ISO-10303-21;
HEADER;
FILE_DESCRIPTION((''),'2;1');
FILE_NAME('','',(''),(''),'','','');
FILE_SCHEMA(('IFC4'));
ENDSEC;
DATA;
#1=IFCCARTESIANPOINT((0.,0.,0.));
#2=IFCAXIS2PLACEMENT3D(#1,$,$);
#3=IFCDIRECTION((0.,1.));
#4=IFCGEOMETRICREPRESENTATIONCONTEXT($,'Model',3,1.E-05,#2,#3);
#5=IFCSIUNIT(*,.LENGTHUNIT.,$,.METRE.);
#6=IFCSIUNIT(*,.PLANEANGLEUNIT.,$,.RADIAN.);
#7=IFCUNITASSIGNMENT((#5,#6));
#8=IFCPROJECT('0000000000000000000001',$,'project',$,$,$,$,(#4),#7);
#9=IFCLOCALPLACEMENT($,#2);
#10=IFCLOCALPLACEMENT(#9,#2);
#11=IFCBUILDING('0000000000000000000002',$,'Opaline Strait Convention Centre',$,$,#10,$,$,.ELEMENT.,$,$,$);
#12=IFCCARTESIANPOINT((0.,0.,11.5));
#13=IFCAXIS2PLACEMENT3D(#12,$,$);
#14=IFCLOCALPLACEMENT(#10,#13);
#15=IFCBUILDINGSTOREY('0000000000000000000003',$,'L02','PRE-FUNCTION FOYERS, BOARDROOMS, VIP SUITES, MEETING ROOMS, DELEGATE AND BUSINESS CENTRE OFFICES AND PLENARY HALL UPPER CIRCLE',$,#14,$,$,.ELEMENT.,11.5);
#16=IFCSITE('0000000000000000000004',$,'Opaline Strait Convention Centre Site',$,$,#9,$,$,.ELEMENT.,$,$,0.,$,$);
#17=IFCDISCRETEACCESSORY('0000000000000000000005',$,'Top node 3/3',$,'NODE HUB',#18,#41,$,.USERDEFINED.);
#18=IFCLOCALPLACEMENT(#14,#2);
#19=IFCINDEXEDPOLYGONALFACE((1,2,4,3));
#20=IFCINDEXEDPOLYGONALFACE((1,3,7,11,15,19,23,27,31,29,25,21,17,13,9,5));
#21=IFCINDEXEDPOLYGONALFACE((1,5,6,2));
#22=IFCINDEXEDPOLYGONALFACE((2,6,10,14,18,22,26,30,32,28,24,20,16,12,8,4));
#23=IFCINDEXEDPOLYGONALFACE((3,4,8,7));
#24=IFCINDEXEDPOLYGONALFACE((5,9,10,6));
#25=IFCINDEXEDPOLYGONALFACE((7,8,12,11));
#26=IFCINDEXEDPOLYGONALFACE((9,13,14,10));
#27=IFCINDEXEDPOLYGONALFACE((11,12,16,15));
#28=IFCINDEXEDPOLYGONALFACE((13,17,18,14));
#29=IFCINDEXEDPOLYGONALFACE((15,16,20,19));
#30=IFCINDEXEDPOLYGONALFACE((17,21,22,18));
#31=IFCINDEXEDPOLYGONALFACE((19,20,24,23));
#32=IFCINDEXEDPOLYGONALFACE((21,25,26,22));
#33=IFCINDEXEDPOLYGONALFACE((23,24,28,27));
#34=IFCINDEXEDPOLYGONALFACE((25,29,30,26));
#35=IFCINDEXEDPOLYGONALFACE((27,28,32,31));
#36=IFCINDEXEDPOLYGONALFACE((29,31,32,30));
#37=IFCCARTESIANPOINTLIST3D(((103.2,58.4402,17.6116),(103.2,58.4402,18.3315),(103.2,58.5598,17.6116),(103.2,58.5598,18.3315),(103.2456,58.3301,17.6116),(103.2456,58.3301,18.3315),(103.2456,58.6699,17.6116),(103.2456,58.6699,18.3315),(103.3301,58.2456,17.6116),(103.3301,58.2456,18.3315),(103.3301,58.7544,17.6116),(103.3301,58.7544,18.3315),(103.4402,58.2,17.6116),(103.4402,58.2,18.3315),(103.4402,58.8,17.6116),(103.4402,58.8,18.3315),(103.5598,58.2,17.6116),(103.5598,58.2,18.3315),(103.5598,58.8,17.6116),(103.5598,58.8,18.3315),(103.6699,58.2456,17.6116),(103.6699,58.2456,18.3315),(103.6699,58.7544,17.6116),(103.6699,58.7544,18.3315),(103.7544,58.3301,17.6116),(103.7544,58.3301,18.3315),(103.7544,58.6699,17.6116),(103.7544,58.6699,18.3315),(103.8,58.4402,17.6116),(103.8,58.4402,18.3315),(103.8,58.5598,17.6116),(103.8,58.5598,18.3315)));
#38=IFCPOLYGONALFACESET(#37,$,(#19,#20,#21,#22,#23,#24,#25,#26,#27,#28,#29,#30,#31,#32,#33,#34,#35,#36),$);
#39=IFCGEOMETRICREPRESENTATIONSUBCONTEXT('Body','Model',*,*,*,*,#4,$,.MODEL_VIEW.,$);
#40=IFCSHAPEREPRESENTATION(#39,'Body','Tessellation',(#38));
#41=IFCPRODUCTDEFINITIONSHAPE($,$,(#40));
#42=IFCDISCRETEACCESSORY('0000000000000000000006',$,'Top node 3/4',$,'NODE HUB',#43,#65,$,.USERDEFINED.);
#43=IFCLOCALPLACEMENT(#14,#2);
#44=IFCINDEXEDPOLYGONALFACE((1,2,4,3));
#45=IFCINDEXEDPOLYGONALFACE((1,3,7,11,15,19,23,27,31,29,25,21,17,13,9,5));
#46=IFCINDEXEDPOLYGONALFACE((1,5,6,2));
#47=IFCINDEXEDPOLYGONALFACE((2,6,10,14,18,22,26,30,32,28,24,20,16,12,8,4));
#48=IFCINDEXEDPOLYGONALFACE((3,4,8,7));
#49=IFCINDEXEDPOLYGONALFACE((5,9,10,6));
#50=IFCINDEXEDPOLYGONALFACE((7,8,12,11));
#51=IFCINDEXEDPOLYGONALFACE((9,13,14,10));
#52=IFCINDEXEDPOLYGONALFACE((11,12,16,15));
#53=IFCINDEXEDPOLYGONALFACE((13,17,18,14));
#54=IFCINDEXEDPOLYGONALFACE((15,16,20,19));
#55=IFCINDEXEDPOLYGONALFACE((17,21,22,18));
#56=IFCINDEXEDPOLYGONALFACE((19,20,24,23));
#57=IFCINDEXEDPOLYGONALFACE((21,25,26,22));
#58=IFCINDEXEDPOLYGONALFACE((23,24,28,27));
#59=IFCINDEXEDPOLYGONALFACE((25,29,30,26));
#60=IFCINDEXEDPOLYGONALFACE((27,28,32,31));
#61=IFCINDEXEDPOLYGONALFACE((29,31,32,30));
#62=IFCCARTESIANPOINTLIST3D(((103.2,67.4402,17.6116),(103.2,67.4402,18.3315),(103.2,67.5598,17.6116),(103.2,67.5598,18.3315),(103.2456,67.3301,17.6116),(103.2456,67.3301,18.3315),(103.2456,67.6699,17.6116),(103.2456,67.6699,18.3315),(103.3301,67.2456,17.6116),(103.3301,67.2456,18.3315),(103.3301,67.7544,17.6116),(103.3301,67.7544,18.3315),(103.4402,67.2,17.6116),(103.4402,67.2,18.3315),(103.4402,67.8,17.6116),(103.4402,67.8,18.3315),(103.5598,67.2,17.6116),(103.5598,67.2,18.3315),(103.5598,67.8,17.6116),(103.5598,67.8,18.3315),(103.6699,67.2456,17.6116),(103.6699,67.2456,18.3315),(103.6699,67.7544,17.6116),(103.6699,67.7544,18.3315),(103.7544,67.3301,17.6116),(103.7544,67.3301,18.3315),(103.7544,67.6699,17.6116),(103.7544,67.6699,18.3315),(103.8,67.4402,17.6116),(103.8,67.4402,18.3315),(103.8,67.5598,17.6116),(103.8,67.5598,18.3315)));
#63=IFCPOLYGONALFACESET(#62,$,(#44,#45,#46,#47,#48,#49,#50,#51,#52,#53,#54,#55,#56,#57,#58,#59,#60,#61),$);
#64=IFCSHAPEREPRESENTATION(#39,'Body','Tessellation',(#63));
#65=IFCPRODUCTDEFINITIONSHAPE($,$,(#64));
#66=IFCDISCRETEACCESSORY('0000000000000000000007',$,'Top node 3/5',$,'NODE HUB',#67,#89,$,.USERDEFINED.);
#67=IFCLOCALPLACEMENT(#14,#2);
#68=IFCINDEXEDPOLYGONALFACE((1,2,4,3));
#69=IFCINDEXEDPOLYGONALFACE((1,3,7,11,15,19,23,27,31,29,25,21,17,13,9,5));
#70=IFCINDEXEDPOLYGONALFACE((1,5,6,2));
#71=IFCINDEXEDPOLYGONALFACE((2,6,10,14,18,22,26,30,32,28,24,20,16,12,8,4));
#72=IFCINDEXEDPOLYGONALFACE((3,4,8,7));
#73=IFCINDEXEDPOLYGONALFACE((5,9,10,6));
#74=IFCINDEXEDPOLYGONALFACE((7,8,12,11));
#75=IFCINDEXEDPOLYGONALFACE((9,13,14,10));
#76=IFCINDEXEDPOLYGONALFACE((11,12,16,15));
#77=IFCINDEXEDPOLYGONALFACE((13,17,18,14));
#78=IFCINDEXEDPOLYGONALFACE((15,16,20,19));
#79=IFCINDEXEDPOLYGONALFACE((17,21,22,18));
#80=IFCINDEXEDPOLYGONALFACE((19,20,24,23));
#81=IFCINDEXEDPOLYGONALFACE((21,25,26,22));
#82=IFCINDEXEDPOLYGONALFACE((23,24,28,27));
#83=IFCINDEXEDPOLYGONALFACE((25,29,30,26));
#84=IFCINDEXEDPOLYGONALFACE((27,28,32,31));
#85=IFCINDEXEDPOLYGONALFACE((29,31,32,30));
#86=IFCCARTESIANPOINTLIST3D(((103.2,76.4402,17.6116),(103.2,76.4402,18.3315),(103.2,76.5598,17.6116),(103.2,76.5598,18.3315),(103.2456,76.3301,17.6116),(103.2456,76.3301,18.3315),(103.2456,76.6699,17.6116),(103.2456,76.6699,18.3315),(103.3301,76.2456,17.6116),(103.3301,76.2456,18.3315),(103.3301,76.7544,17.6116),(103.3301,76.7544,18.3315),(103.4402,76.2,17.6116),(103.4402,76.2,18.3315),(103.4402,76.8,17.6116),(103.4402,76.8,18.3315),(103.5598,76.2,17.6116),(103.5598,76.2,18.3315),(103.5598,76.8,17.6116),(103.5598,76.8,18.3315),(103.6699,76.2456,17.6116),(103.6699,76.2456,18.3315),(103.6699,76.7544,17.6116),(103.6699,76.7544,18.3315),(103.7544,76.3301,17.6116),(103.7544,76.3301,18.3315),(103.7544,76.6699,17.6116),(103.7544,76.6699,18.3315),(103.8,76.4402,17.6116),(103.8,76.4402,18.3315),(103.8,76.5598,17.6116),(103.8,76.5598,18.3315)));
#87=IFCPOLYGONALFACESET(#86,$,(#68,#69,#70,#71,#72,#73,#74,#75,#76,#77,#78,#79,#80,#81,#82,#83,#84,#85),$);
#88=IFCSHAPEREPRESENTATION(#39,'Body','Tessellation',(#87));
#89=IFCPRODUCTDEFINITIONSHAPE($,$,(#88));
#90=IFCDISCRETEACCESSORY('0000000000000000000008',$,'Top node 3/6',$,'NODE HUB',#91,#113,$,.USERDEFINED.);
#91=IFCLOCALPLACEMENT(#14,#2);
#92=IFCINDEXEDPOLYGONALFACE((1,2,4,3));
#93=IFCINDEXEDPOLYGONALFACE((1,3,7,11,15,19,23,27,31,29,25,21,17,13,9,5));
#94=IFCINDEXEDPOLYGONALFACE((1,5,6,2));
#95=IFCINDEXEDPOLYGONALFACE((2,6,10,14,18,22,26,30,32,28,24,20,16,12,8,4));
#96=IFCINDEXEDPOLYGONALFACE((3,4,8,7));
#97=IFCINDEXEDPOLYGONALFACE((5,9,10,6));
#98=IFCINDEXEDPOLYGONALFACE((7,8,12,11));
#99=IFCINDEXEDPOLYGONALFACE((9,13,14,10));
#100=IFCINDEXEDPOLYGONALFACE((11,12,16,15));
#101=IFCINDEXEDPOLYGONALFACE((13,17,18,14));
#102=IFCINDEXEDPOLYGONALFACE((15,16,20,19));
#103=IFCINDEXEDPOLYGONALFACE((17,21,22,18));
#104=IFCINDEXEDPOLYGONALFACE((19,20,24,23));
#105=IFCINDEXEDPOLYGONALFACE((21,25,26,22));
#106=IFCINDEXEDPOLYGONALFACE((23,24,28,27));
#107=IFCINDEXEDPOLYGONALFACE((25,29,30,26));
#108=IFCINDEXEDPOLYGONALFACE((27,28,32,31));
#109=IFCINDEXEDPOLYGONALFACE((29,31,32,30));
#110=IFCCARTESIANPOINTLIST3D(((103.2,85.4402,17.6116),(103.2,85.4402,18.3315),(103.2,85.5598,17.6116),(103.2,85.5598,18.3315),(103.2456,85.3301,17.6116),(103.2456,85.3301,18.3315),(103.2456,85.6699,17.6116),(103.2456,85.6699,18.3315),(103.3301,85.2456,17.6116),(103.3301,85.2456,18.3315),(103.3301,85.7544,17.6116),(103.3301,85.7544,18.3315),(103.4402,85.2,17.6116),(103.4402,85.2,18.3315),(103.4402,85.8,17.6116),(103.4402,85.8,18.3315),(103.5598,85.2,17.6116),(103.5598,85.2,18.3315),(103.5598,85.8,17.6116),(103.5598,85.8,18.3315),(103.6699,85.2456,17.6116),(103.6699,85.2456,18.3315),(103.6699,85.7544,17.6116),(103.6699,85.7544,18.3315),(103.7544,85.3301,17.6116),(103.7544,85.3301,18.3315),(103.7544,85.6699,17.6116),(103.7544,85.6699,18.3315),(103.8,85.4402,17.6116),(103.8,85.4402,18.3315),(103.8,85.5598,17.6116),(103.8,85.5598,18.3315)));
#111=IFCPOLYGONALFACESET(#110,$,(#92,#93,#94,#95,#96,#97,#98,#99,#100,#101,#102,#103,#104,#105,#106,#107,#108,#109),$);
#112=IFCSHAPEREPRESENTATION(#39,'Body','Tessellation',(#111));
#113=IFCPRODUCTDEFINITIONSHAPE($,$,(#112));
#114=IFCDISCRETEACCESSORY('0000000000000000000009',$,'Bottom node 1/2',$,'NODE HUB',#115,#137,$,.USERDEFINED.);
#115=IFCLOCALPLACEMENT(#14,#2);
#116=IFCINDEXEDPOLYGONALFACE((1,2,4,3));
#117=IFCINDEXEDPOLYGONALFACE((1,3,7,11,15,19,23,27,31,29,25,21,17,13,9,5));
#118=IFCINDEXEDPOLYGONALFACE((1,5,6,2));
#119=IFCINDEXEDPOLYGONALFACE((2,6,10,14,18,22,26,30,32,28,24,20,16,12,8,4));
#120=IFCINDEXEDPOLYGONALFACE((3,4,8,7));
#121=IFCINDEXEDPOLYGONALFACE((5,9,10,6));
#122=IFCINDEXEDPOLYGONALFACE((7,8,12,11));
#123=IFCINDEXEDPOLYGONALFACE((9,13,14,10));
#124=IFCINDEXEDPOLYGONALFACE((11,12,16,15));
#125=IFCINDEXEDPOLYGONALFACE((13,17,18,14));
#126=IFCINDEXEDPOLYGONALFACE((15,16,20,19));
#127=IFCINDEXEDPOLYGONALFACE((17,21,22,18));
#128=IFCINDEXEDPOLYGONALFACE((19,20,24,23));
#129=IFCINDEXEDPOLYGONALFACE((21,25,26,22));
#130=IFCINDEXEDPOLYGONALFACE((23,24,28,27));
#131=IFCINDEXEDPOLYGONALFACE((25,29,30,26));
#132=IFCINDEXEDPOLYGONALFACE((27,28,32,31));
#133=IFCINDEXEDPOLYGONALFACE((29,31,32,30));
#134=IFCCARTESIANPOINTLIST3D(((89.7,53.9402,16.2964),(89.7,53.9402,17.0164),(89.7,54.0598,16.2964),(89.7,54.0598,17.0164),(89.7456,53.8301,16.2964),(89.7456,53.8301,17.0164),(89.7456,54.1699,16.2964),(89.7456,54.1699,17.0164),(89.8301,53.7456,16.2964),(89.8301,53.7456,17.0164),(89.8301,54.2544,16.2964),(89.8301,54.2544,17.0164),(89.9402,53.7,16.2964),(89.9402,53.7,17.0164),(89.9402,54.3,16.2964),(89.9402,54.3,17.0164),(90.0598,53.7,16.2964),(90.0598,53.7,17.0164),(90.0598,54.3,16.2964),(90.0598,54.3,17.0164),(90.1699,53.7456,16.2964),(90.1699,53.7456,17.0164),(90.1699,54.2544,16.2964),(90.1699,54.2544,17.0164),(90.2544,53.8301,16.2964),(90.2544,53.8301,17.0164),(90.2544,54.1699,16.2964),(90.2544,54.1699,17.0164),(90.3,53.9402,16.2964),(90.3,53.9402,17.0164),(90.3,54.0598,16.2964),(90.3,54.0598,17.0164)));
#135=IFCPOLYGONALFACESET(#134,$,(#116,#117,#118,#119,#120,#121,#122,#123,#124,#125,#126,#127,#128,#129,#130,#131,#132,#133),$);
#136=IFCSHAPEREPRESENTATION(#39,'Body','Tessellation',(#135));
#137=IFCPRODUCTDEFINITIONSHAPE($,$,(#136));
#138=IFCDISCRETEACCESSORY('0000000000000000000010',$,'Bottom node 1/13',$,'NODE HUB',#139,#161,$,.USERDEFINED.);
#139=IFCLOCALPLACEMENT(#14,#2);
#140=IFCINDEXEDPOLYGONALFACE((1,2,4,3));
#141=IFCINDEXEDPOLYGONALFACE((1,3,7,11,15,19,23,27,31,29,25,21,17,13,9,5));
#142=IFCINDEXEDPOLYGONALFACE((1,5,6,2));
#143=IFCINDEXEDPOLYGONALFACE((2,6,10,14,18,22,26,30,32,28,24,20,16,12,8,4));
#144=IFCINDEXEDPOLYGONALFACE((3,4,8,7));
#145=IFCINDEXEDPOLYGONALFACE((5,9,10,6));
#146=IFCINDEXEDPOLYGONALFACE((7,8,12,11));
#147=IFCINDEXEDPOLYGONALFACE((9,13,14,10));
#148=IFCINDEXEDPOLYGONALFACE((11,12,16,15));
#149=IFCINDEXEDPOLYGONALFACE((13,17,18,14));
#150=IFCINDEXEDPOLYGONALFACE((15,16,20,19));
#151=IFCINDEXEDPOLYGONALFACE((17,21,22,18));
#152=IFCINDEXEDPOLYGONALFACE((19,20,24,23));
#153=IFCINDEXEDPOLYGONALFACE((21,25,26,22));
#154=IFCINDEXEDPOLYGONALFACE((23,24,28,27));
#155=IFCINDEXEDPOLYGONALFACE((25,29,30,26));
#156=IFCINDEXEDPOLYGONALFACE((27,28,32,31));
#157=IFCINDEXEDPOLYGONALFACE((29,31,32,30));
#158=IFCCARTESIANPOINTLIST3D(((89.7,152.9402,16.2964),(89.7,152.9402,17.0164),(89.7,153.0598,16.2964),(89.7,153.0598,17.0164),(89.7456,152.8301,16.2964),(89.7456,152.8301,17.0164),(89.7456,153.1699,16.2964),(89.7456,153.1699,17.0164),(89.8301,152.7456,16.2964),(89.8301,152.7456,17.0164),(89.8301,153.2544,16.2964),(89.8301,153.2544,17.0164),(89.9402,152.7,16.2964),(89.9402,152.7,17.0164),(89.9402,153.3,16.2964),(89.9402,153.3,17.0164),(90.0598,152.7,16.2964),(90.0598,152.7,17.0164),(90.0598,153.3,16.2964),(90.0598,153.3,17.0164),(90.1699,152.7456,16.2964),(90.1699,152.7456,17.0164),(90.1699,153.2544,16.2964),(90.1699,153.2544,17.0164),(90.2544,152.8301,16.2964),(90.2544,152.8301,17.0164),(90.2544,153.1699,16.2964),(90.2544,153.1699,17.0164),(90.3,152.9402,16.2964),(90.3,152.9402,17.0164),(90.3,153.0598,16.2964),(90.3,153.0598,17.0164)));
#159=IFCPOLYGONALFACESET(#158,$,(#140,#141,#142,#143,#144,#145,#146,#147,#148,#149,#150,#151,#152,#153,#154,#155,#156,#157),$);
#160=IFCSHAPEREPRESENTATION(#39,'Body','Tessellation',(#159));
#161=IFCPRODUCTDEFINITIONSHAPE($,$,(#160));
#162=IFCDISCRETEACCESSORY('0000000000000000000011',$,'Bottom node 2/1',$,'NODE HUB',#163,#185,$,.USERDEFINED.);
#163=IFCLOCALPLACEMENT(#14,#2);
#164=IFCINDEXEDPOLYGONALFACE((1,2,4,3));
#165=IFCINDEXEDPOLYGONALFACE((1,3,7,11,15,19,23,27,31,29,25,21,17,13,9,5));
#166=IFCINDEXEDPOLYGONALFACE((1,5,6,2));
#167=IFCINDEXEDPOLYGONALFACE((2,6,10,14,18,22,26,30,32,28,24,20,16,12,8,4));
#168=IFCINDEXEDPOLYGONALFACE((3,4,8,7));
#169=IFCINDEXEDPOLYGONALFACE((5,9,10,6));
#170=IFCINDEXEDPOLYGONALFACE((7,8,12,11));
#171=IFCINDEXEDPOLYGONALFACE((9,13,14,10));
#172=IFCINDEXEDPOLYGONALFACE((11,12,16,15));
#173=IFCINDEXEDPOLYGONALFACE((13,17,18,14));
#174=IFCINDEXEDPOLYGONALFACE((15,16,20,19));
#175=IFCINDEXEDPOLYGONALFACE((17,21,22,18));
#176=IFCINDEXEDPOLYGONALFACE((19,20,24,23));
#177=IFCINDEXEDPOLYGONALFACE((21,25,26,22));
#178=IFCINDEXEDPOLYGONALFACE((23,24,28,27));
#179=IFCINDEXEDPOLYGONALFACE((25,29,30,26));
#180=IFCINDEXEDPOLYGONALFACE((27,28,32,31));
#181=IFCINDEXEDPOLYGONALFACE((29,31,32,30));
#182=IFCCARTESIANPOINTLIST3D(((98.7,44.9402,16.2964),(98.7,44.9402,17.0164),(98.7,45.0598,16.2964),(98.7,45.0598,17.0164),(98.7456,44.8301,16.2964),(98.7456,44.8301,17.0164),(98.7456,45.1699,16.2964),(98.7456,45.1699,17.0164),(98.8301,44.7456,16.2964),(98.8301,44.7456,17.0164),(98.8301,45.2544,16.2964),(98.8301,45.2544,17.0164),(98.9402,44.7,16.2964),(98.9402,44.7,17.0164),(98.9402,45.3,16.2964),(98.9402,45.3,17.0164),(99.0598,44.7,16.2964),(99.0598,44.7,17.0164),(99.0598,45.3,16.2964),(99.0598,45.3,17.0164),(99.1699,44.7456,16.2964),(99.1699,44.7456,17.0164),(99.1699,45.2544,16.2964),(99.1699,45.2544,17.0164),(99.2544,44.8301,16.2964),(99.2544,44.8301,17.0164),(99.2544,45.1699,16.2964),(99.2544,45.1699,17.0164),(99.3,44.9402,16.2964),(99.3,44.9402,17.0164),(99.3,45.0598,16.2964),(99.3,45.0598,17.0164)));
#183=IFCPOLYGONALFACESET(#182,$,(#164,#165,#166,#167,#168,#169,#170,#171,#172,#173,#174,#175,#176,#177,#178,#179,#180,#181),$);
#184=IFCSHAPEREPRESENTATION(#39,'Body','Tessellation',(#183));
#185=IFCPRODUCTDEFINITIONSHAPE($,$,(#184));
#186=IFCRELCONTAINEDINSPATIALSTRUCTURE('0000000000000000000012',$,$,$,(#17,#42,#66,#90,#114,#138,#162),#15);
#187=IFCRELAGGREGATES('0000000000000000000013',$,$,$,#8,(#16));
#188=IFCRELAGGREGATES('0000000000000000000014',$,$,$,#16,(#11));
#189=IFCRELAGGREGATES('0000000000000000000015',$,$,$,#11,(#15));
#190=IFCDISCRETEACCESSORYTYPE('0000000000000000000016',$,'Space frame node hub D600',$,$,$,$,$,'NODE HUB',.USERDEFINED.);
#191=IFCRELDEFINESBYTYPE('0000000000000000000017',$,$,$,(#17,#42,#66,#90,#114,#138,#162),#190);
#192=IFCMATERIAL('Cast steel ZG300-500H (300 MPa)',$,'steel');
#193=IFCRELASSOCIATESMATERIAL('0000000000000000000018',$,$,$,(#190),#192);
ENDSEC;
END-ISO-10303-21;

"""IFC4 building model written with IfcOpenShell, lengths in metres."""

from ifc_helpers import new_model, si_unit, direction, frame, origin, place, context, subcontext, project, spatial, polyline, outline, extrude, material, type_object, element, save


model = new_model("IFC4")

# Units and contexts
model_context = context("Model", 3, precision=1e-05, world=origin(), true_north=direction((0.0, 1.0)))
body_context = subcontext(model_context, "Body", "Model", "MODEL_VIEW")
ifc_project = project(units=[si_unit("LENGTHUNIT", "METRE"), si_unit("PLANEANGLEUNIT", "RADIAN")], contexts=[model_context])

# Site, building, storey
site_placement = place(None, origin())
site = spatial("IfcSite", under=ifc_project, at=site_placement, Name="Opaline Strait Convention Centre Site", CompositionType="ELEMENT", RefElevation=0.0)
building_placement = place(site_placement, origin())
building = spatial("IfcBuilding", under=site, at=building_placement, Name="Opaline Strait Convention Centre", CompositionType="ELEMENT")
storey_placement = place(building_placement, frame((0.0, 0.0, 11.5)))
storey = spatial("IfcBuildingStorey", under=building, at=storey_placement, Name="L02", Description="PRE-FUNCTION FOYERS, BOARDROOMS, VIP SUITES, MEETING ROOMS, DELEGATE AND BUSINESS CENTRE OFFICES AND PLENARY HALL UPPER CIRCLE", CompositionType="ELEMENT", Elevation=11.5)

# Discrete accessories
ifc_material = material(Name="Cast steel ZG300-500H (300 MPa)", Category="steel")
discrete_accessory_type_1 = type_object("IfcDiscreteAccessoryType", Name="Space frame node hub D600", ElementType="NODE HUB", PredefinedType="USERDEFINED", material=ifc_material)
discrete_accessory_1_placement = place(storey_placement, frame((0.0, 0.0, 17.6116)))
element("IfcDiscreteAccessory", 1, at=discrete_accessory_1_placement, inside=storey, type_object=discrete_accessory_type_1, Name="Top node 3/3", ObjectType="NODE HUB", PredefinedType="USERDEFINED", context=body_context, shape_type="SweptSolid", body=[
    extrude(outline(polyline([(103.8, 58.5598), (103.7544, 58.6699), (103.6699, 58.7544), (103.5598, 58.8), (103.4402, 58.8), (103.3301, 58.7544), (103.2456, 58.6699), (103.2, 58.5598), (103.2, 58.4402), (103.2456, 58.3301), (103.3301, 58.2456), (103.4402, 58.2), (103.5598, 58.2), (103.6699, 58.2456), (103.7544, 58.3301), (103.8, 58.4402), (103.8, 58.5598)])), origin(), (0.0, 0.0, 1.0), 0.72),
])
discrete_accessory_2_placement = place(storey_placement, frame((0.0, 0.0, 17.6116)))
element("IfcDiscreteAccessory", 2, at=discrete_accessory_2_placement, inside=storey, type_object=discrete_accessory_type_1, Name="Top node 3/4", ObjectType="NODE HUB", PredefinedType="USERDEFINED", context=body_context, shape_type="SweptSolid", body=[
    extrude(outline(polyline([(103.8, 67.5598), (103.7544, 67.6699), (103.6699, 67.7544), (103.5598, 67.8), (103.4402, 67.8), (103.3301, 67.7544), (103.2456, 67.6699), (103.2, 67.5598), (103.2, 67.4402), (103.2456, 67.3301), (103.3301, 67.2456), (103.4402, 67.2), (103.5598, 67.2), (103.6699, 67.2456), (103.7544, 67.3301), (103.8, 67.4402), (103.8, 67.5598)])), origin(), (0.0, 0.0, 1.0), 0.72),
])
discrete_accessory_3_placement = place(storey_placement, frame((0.0, 0.0, 17.6116)))
element("IfcDiscreteAccessory", 3, at=discrete_accessory_3_placement, inside=storey, type_object=discrete_accessory_type_1, Name="Top node 3/5", ObjectType="NODE HUB", PredefinedType="USERDEFINED", context=body_context, shape_type="SweptSolid", body=[
    extrude(outline(polyline([(103.8, 76.5598), (103.7544, 76.6699), (103.6699, 76.7544), (103.5598, 76.8), (103.4402, 76.8), (103.3301, 76.7544), (103.2456, 76.6699), (103.2, 76.5598), (103.2, 76.4402), (103.2456, 76.3301), (103.3301, 76.2456), (103.4402, 76.2), (103.5598, 76.2), (103.6699, 76.2456), (103.7544, 76.3301), (103.8, 76.4402), (103.8, 76.5598)])), origin(), (0.0, 0.0, 1.0), 0.72),
])
discrete_accessory_4_placement = place(storey_placement, frame((0.0, 0.0, 17.6116)))
element("IfcDiscreteAccessory", 4, at=discrete_accessory_4_placement, inside=storey, type_object=discrete_accessory_type_1, Name="Top node 3/6", ObjectType="NODE HUB", PredefinedType="USERDEFINED", context=body_context, shape_type="SweptSolid", body=[
    extrude(outline(polyline([(103.8, 85.5598), (103.7544, 85.6699), (103.6699, 85.7544), (103.5598, 85.8), (103.4402, 85.8), (103.3301, 85.7544), (103.2456, 85.6699), (103.2, 85.5598), (103.2, 85.4402), (103.2456, 85.3301), (103.3301, 85.2456), (103.4402, 85.2), (103.5598, 85.2), (103.6699, 85.2456), (103.7544, 85.3301), (103.8, 85.4402), (103.8, 85.5598)])), origin(), (0.0, 0.0, 1.0), 0.72),
])
discrete_accessory_5_placement = place(storey_placement, frame((0.0, 0.0, 16.2964)))
element("IfcDiscreteAccessory", 5, at=discrete_accessory_5_placement, inside=storey, type_object=discrete_accessory_type_1, Name="Bottom node 1/2", ObjectType="NODE HUB", PredefinedType="USERDEFINED", context=body_context, shape_type="SweptSolid", body=[
    extrude(outline(polyline([(90.3, 54.0598), (90.2544, 54.1699), (90.1699, 54.2544), (90.0598, 54.3), (89.9402, 54.3), (89.8301, 54.2544), (89.7456, 54.1699), (89.7, 54.0598), (89.7, 53.9402), (89.7456, 53.8301), (89.8301, 53.7456), (89.9402, 53.7), (90.0598, 53.7), (90.1699, 53.7456), (90.2544, 53.8301), (90.3, 53.9402), (90.3, 54.0598)])), origin(), (0.0, 0.0, 1.0), 0.72),
])
discrete_accessory_6_placement = place(storey_placement, frame((0.0, 0.0, 16.2964)))
element("IfcDiscreteAccessory", 6, at=discrete_accessory_6_placement, inside=storey, type_object=discrete_accessory_type_1, Name="Bottom node 1/13", ObjectType="NODE HUB", PredefinedType="USERDEFINED", context=body_context, shape_type="SweptSolid", body=[
    extrude(outline(polyline([(90.3, 153.0598), (90.2544, 153.1699), (90.1699, 153.2544), (90.0598, 153.3), (89.9402, 153.3), (89.8301, 153.2544), (89.7456, 153.1699), (89.7, 153.0598), (89.7, 152.9402), (89.7456, 152.8301), (89.8301, 152.7456), (89.9402, 152.7), (90.0598, 152.7), (90.1699, 152.7456), (90.2544, 152.8301), (90.3, 152.9402), (90.3, 153.0598)])), origin(), (0.0, 0.0, 1.0), 0.72),
])
discrete_accessory_7_placement = place(storey_placement, frame((0.0, 0.0, 16.2964)))
element("IfcDiscreteAccessory", 7, at=discrete_accessory_7_placement, inside=storey, type_object=discrete_accessory_type_1, Name="Bottom node 2/1", ObjectType="NODE HUB", PredefinedType="USERDEFINED", context=body_context, shape_type="SweptSolid", body=[
    extrude(outline(polyline([(99.3, 45.0598), (99.2544, 45.1699), (99.1699, 45.2544), (99.0598, 45.3), (98.9402, 45.3), (98.8301, 45.2544), (98.7456, 45.1699), (98.7, 45.0598), (98.7, 44.9402), (98.7456, 44.8301), (98.8301, 44.7456), (98.9402, 44.7), (99.0598, 44.7), (99.1699, 44.7456), (99.2544, 44.8301), (99.3, 44.9402), (99.3, 45.0598)])), origin(), (0.0, 0.0, 1.0), 0.72),
])

save(model, "model.ifc")
